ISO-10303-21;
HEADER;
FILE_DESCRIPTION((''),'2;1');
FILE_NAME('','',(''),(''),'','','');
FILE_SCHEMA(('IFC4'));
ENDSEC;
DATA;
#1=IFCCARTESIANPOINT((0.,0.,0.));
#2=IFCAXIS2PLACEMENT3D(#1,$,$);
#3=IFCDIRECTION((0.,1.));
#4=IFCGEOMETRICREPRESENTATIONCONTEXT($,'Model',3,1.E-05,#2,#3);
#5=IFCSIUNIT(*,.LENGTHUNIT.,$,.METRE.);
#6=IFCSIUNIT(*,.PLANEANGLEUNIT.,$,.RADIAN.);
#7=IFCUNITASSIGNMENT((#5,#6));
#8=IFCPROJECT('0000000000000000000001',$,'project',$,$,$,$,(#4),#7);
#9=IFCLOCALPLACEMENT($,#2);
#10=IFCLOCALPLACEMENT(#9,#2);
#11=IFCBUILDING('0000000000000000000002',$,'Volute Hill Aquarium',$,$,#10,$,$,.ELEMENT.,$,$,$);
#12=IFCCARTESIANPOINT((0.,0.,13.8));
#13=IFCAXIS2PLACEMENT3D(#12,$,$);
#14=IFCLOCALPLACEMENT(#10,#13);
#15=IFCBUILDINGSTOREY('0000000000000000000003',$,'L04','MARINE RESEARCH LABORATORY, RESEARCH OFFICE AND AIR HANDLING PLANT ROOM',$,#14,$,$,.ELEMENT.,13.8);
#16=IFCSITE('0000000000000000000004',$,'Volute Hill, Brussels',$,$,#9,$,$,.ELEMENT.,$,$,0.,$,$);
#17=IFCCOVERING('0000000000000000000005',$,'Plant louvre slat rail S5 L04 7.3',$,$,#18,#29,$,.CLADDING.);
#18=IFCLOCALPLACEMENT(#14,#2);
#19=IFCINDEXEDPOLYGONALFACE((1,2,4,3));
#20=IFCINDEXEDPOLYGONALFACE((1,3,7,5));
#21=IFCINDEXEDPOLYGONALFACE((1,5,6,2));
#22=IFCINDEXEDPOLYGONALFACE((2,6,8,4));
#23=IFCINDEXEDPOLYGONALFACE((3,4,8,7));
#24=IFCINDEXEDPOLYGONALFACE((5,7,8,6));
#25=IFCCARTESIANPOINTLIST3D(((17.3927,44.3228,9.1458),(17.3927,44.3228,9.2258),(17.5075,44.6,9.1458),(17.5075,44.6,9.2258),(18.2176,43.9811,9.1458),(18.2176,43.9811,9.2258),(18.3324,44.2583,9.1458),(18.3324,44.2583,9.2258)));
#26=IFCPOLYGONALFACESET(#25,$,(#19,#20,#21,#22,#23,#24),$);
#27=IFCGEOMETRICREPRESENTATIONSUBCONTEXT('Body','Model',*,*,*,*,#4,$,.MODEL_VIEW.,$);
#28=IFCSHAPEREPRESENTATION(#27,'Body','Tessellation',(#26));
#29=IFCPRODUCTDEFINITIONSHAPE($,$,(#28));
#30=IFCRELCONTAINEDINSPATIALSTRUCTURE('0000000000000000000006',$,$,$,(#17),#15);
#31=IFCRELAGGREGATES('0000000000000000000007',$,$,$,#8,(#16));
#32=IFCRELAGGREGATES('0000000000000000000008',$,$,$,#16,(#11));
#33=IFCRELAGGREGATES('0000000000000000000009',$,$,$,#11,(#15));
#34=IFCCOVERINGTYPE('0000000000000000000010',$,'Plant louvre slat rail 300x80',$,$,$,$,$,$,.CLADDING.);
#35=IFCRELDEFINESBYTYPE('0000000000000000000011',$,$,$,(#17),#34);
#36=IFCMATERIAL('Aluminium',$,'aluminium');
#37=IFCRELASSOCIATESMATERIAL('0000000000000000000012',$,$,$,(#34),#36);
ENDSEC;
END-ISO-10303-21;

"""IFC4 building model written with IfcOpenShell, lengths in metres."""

from ifc_helpers import new_model, si_unit, direction, frame, origin, origin_2d, place, context, subcontext, project, spatial, rectangle, extrude, material, type_object, element, save


model = new_model("IFC4")

# Units and contexts
model_context = context("Model", 3, precision=1e-05, world=origin(), true_north=direction((0.0, 1.0)))
body_context = subcontext(model_context, "Body", "Model", "MODEL_VIEW")
ifc_project = project(units=[si_unit("LENGTHUNIT", "METRE"), si_unit("PLANEANGLEUNIT", "RADIAN")], contexts=[model_context])

# Site, building, storey
site_placement = place(None, origin())
site = spatial("IfcSite", under=ifc_project, at=site_placement, Name="Volute Hill, Brussels", CompositionType="ELEMENT", RefElevation=0.0)
building_placement = place(site_placement, origin())
building = spatial("IfcBuilding", under=site, at=building_placement, Name="Volute Hill Aquarium", CompositionType="ELEMENT")
storey_placement = place(building_placement, frame((0.0, 0.0, 13.8)))
storey = spatial("IfcBuildingStorey", under=building, at=storey_placement, Name="L04", Description="MARINE RESEARCH LABORATORY, RESEARCH OFFICE AND AIR HANDLING PLANT ROOM", CompositionType="ELEMENT", Elevation=13.8)

# Covering
ifc_material_1 = material(Name="Aluminium", Category="aluminium")
covering_type_1 = type_object("IfcCoveringType", Name="Plant louvre slat rail 300x80", PredefinedType="CLADDING", material=ifc_material_1)
for number, where, z_axis, x_axis, name in (
    (1, (17.8625, 44.2905, 9.1458), (0.0, 0.0, 1.0), (-0.923879, 0.382686, 0.0), "Plant louvre slat rail S5 L04 7.3"),
):
    element("IfcCovering", number, at=place(storey_placement, frame(where, z_axis=z_axis, x_axis=x_axis)), inside=storey, type_object=covering_type_1, Name=name, PredefinedType="CLADDING", context=body_context, shape_type="SweptSolid", body=[
        extrude(rectangle(XDim=0.8928, YDim=0.3, at=origin_2d()), origin(), (0.0, 0.0, 1.0), 0.0801),
    ])

save(model, "model.ifc")
